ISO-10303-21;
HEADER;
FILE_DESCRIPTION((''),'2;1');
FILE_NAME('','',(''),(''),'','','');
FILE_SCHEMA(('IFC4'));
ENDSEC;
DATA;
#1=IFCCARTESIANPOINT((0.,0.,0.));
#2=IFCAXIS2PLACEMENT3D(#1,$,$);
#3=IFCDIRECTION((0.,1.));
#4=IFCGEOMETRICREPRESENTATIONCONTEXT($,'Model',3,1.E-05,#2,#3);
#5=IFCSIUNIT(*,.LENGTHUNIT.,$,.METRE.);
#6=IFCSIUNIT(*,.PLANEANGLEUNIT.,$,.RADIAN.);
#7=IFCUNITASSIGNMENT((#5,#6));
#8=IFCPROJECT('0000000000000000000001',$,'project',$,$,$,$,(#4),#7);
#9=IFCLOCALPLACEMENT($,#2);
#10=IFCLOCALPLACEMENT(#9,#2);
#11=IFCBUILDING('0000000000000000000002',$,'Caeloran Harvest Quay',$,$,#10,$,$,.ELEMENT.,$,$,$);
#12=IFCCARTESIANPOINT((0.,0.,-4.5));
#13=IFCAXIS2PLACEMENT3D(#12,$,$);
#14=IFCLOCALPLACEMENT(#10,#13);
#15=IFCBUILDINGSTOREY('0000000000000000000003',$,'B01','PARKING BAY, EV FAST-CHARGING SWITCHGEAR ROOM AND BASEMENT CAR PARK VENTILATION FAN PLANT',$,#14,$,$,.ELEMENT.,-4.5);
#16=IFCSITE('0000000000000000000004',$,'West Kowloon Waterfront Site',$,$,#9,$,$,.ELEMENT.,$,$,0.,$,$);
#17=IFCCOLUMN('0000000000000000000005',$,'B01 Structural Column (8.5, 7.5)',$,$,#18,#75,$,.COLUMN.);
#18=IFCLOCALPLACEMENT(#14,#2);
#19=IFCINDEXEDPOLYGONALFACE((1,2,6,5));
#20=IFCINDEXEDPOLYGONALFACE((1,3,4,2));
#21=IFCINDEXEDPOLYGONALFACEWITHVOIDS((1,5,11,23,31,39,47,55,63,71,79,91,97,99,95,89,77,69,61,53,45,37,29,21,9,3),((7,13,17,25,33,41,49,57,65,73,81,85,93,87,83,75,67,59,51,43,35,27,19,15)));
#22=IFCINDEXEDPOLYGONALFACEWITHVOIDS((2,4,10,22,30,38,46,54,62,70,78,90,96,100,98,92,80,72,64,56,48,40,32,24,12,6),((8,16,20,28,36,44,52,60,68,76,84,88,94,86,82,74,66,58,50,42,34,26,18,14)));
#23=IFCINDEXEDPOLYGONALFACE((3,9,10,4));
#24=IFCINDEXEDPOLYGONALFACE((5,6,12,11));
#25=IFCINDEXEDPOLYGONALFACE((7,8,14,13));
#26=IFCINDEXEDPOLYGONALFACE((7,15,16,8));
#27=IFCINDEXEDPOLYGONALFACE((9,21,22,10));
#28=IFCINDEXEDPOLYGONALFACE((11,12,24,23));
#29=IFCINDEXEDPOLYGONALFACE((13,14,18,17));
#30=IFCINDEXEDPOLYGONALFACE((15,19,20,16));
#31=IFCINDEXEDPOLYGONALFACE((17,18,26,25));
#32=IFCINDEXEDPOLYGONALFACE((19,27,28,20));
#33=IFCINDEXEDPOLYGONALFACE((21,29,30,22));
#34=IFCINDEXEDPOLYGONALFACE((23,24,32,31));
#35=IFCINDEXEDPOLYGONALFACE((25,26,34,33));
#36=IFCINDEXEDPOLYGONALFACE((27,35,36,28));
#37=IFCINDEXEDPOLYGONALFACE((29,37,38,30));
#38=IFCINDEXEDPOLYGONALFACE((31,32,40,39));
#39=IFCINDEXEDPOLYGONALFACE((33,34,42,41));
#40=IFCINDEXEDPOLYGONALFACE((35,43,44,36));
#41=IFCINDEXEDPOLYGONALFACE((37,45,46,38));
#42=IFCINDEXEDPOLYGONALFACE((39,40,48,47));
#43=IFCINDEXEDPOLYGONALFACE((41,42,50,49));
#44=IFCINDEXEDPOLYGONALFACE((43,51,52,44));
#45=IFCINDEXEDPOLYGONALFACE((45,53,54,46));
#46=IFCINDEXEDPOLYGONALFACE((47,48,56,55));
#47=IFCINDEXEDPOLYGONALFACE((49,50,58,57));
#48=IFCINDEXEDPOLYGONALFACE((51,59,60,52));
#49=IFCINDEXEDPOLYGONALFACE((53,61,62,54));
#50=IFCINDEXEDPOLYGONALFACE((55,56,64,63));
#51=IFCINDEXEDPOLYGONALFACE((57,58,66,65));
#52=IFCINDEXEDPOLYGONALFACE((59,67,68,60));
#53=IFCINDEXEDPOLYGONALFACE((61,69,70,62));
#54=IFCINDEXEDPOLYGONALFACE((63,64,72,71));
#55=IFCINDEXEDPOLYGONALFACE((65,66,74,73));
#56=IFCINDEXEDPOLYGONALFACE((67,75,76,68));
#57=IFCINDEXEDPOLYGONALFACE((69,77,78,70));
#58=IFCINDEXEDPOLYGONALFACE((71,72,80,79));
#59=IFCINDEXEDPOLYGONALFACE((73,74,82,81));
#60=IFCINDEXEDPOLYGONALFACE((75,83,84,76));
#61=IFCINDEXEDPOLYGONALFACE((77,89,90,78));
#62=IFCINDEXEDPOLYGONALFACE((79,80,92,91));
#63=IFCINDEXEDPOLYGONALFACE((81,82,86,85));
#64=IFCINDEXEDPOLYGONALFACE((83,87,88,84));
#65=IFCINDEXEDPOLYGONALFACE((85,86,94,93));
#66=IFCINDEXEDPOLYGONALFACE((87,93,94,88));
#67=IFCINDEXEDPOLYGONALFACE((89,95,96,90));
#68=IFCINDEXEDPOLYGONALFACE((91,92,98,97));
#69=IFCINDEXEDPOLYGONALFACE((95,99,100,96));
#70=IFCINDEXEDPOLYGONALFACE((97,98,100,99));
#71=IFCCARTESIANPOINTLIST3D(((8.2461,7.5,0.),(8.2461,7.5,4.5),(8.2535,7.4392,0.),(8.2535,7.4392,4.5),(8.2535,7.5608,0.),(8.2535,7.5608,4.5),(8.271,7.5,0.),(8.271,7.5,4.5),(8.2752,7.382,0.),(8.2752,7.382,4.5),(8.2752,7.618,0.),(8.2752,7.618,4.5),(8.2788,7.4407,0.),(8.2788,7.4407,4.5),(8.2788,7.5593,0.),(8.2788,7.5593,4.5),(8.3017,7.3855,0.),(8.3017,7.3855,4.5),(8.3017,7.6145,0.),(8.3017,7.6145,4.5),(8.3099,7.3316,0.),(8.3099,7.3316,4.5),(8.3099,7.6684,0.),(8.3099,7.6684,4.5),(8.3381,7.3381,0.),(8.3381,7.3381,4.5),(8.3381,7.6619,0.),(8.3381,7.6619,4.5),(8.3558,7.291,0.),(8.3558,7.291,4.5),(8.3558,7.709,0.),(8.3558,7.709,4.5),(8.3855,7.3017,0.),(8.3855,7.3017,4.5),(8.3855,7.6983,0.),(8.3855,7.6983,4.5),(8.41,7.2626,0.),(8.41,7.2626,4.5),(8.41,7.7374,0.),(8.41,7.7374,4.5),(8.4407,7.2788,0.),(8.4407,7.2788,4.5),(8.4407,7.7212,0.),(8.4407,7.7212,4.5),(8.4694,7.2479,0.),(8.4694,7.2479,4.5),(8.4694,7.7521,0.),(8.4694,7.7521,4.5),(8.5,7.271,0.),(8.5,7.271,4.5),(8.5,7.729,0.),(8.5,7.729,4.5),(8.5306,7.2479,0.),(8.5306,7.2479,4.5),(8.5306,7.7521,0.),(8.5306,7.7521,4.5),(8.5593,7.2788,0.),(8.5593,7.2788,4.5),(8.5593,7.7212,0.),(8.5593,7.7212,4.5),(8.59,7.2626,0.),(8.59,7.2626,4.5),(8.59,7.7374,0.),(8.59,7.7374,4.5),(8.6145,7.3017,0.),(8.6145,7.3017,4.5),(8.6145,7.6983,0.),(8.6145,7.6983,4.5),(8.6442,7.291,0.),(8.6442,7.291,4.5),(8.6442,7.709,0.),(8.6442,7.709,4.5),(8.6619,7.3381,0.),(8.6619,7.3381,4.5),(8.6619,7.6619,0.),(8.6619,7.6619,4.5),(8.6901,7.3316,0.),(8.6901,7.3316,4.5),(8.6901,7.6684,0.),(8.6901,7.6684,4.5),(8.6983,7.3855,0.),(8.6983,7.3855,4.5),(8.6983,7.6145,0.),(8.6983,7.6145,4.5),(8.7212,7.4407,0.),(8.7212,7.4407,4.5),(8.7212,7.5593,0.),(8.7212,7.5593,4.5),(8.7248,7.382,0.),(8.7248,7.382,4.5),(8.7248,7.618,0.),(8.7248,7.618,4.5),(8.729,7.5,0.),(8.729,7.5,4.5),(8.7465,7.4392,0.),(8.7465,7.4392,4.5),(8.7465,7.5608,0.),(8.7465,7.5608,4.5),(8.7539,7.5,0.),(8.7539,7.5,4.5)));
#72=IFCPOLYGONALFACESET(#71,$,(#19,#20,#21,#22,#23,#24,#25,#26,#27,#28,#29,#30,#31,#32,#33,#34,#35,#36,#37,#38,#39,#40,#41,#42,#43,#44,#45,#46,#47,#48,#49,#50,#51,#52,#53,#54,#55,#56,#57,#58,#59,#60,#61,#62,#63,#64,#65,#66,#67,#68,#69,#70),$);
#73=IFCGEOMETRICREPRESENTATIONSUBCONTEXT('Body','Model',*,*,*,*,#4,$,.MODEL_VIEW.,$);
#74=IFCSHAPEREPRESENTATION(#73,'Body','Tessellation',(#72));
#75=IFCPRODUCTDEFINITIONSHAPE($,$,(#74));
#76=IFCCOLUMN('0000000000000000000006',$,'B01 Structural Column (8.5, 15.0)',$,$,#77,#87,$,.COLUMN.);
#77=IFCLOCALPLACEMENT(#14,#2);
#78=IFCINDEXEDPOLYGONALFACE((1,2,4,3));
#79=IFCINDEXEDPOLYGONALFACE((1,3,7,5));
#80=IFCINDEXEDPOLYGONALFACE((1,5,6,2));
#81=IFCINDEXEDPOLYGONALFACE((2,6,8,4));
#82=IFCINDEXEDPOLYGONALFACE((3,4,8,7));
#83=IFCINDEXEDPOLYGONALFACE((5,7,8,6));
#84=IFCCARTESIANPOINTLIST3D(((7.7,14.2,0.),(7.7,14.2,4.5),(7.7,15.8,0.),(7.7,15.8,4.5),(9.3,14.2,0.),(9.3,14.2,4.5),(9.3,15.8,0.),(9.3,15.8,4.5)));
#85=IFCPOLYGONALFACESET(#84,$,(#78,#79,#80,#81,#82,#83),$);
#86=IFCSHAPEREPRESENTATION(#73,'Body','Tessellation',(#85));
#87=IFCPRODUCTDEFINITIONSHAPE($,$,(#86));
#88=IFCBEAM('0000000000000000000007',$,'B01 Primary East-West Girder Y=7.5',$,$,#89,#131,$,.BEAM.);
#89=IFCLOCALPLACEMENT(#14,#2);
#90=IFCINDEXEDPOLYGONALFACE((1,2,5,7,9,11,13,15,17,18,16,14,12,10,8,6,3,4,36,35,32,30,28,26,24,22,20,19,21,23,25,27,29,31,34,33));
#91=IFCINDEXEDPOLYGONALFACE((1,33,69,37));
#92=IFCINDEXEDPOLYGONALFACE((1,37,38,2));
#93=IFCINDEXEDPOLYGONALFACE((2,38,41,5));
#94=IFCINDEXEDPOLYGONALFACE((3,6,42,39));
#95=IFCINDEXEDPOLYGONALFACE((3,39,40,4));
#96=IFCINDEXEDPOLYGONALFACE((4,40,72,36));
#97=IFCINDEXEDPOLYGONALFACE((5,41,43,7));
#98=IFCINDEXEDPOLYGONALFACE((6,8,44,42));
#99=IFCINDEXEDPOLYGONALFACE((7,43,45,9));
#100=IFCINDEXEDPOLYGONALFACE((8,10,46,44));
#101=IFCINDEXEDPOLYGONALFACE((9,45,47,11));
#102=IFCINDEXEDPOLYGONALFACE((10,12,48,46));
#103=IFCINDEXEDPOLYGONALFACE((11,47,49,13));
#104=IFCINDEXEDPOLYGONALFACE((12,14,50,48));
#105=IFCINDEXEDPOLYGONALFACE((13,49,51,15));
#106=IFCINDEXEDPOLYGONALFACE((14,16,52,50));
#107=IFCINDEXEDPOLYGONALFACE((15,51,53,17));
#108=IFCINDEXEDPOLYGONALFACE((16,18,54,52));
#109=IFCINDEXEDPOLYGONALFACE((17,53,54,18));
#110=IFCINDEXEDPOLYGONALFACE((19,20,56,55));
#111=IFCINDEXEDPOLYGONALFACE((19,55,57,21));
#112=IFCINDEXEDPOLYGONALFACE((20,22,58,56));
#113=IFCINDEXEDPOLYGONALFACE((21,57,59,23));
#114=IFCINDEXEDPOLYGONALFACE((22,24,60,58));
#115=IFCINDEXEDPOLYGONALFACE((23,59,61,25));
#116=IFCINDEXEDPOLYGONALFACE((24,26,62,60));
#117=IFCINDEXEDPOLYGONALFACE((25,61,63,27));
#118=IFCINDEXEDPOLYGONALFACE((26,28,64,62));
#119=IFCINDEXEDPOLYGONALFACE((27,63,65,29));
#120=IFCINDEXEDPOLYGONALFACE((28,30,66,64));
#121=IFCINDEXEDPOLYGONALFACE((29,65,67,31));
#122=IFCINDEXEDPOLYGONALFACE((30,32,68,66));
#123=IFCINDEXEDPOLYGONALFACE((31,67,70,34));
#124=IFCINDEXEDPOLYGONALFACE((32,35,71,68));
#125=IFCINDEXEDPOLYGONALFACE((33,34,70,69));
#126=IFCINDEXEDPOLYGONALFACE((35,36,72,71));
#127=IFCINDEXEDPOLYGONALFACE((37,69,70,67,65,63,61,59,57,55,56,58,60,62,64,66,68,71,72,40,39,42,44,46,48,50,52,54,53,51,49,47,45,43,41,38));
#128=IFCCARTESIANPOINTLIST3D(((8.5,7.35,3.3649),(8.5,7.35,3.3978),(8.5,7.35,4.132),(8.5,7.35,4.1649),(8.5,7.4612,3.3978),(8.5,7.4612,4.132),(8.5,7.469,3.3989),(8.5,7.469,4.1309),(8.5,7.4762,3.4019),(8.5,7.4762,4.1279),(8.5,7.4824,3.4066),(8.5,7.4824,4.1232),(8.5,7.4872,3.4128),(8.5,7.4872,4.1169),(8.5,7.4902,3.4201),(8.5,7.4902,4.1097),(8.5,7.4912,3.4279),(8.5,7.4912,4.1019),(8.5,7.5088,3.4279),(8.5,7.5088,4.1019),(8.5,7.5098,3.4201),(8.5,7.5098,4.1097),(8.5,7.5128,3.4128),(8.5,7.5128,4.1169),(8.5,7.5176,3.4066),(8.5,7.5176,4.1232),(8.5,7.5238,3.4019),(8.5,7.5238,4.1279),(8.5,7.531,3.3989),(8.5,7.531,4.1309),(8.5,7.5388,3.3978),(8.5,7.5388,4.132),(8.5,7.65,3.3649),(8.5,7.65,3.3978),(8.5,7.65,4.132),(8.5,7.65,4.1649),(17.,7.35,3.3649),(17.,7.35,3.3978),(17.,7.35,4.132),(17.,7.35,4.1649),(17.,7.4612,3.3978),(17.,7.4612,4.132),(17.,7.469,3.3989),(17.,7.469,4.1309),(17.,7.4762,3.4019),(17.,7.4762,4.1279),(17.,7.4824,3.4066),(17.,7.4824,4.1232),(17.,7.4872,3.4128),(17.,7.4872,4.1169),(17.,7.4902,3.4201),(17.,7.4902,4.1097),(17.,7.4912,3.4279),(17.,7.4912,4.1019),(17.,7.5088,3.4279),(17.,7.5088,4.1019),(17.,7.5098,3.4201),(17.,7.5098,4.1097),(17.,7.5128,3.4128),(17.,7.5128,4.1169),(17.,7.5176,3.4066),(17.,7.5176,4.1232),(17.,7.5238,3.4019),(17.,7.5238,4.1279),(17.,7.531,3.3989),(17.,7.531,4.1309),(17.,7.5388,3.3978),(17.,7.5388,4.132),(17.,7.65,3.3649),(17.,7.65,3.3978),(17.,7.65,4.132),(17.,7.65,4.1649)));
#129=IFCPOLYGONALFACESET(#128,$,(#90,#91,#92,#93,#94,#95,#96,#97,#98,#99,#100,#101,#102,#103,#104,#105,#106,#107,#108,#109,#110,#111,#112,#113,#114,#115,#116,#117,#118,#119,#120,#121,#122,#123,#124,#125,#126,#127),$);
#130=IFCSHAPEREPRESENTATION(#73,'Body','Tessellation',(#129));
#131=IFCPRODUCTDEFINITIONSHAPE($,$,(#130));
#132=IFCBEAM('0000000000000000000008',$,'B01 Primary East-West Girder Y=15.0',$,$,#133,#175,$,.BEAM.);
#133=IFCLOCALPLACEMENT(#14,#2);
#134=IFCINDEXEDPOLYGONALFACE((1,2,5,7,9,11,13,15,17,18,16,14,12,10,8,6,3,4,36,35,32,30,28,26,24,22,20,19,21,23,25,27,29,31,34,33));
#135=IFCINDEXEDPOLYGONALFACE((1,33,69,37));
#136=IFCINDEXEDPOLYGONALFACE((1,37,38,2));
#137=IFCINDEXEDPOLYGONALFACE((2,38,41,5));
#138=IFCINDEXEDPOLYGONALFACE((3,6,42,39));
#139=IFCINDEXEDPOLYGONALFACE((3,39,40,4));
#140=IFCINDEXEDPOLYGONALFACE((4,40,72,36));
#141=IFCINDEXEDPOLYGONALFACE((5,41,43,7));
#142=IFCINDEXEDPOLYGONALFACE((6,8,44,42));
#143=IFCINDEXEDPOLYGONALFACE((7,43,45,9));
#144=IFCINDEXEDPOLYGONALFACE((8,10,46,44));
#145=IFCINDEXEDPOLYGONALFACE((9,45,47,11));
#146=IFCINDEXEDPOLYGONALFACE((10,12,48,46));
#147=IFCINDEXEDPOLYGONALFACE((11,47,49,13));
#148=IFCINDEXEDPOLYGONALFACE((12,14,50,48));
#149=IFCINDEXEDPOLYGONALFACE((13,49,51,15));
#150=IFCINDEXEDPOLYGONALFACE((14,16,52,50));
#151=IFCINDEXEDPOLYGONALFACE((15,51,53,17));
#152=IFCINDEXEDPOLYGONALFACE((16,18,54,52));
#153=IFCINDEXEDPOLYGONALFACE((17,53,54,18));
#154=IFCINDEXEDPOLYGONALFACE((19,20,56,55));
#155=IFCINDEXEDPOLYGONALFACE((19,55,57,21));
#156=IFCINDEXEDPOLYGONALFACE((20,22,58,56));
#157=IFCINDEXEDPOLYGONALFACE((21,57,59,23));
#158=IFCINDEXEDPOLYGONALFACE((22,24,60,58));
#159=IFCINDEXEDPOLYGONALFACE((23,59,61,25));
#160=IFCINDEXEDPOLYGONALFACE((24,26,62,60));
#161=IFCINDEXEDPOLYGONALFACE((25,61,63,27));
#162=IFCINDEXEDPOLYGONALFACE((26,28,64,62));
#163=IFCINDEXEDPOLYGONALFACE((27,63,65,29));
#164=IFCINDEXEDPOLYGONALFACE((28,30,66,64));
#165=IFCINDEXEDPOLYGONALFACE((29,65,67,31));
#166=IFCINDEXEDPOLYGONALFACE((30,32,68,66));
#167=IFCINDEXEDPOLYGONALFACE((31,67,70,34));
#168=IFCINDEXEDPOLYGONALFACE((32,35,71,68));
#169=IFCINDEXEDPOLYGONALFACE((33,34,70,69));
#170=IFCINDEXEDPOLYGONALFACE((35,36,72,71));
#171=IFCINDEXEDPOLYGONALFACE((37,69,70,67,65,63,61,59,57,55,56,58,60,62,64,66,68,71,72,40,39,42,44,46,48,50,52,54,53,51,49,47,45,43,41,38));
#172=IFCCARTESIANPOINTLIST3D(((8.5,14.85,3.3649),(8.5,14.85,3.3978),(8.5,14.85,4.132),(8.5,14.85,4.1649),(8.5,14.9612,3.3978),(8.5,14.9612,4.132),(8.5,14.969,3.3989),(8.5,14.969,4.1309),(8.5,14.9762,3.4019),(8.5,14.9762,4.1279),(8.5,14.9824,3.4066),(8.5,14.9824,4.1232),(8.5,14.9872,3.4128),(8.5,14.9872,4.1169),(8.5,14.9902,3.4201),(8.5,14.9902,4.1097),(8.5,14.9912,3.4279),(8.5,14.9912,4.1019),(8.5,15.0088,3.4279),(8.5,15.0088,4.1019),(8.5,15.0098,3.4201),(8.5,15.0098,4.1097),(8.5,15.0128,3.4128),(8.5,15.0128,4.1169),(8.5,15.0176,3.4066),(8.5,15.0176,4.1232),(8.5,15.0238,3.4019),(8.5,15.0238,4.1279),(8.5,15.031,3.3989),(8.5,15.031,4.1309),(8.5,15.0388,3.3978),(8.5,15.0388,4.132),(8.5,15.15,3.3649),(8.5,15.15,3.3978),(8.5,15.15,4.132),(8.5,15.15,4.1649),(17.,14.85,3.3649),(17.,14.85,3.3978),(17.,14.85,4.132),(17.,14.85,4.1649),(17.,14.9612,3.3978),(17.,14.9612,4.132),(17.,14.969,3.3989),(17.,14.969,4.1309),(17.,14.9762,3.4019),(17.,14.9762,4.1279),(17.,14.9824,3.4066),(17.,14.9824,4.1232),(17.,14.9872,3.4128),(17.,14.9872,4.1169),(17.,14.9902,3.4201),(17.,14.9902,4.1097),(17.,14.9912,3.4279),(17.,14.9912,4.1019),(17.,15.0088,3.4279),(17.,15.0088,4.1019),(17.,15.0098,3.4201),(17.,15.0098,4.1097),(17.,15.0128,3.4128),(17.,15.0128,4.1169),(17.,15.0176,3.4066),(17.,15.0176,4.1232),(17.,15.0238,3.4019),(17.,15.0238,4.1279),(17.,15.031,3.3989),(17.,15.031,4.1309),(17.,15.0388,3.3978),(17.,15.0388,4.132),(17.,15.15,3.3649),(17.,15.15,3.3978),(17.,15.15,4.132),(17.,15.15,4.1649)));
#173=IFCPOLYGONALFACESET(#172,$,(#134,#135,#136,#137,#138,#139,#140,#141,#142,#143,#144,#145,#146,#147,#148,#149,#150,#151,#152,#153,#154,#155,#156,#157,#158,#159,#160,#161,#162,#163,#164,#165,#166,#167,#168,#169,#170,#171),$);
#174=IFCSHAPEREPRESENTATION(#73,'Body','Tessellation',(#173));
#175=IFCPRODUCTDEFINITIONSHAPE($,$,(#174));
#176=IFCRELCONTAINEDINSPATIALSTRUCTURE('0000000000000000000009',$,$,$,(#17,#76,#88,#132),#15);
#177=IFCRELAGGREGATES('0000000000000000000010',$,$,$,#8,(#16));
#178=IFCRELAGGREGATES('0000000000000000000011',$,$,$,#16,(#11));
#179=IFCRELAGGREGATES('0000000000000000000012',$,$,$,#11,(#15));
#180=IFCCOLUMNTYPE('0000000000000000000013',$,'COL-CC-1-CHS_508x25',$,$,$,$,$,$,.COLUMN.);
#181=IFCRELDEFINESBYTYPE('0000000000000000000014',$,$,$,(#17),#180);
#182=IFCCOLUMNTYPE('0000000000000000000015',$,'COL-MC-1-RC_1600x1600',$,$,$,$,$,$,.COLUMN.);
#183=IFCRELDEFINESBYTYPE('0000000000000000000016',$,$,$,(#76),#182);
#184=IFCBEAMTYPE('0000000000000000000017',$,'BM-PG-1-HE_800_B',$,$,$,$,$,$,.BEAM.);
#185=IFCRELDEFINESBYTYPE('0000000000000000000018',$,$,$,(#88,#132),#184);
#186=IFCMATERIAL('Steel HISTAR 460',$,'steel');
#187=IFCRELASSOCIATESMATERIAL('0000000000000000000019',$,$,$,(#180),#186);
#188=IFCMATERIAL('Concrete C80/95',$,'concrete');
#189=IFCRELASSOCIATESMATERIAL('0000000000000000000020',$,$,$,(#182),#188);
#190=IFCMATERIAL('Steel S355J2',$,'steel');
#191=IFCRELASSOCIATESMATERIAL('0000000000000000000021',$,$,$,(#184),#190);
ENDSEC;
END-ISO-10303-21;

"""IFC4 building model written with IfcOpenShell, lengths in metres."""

from ifc_helpers import new_model, si_unit, direction, frame, origin, origin_2d, place, context, subcontext, project, spatial, rectangle, hollow_circle, i_section, extrude, material, material_profile, profile_set, type_object, element, save


model = new_model("IFC4")

# Units and contexts
model_context = context("Model", 3, precision=1e-05, world=origin(), true_north=direction((0.0, 1.0)))
body_context = subcontext(model_context, "Body", "Model", "MODEL_VIEW")
ifc_project = project(units=[si_unit("LENGTHUNIT", "METRE"), si_unit("PLANEANGLEUNIT", "RADIAN")], contexts=[model_context])

# Site, building, storey
site_placement = place(None, origin())
site = spatial("IfcSite", under=ifc_project, at=site_placement, Name="West Kowloon Waterfront Site", CompositionType="ELEMENT", RefElevation=0.0)
building_placement = place(site_placement, origin())
building = spatial("IfcBuilding", under=site, at=building_placement, Name="Caeloran Harvest Quay", CompositionType="ELEMENT")
storey_placement = place(building_placement, frame((0.0, 0.0, -4.5)))
storey = spatial("IfcBuildingStorey", under=building, at=storey_placement, Name="B01", Description="PARKING BAY, EV FAST-CHARGING SWITCHGEAR ROOM AND BASEMENT CAR PARK VENTILATION FAN PLANT", CompositionType="ELEMENT", Elevation=-4.5)

# Columns
ifc_material_1 = material(Name="Steel HISTAR 460", Category="steel")
ifc_material_profile_1 = material_profile(ifc_material_1, hollow_circle(Radius=0.2539, WallThickness=0.0249, at=origin_2d()), Name="CHS 508x25")
ifc_profile_set_1 = profile_set([ifc_material_profile_1], Name="Steel HISTAR 460")
column_type_1 = type_object("IfcColumnType", Name="COL-CC-1-CHS_508x25", PredefinedType="COLUMN", material=ifc_profile_set_1)
column_1_placement = place(storey_placement, frame((8.5, 7.5, 0.0), z_axis=(0.0, 0.0, 1.0), x_axis=(1.0, 0.0, 0.0)))
element("IfcColumn", 1, at=column_1_placement, inside=storey, type_object=column_type_1, Name="B01 Structural Column (8.5, 7.5)", PredefinedType="COLUMN", context=body_context, shape_type="SweptSolid", body=[
    extrude(hollow_circle(Radius=0.2539, WallThickness=0.0249, at=origin_2d()), origin(), (0.0, 0.0, 1.0), 4.5),
])
ifc_material_2 = material(Name="Concrete C80/95", Category="concrete")
ifc_material_profile_2 = material_profile(ifc_material_2, rectangle(XDim=1.6001, YDim=1.6001, at=origin_2d()), Name="RC 1600x1600")
ifc_profile_set_2 = profile_set([ifc_material_profile_2], Name="Concrete C80/95")
column_type_2 = type_object("IfcColumnType", Name="COL-MC-1-RC_1600x1600", PredefinedType="COLUMN", material=ifc_profile_set_2)
column_2_placement = place(storey_placement, frame((8.5, 15.0, 0.0), z_axis=(0.0, 0.0, 1.0), x_axis=(1.0, 0.0, 0.0)))
element("IfcColumn", 2, at=column_2_placement, inside=storey, type_object=column_type_2, Name="B01 Structural Column (8.5, 15.0)", PredefinedType="COLUMN", context=body_context, shape_type="SweptSolid", body=[
    extrude(rectangle(XDim=1.6001, YDim=1.6001, at=origin_2d()), origin(), (0.0, 0.0, 1.0), 4.5),
])

# Beams
ifc_material_3 = material(Name="Steel S355J2", Category="steel")
ifc_material_profile_3 = material_profile(ifc_material_3, i_section(OverallWidth=0.3, OverallDepth=0.8, WebThickness=0.0176, FlangeThickness=0.033, FilletRadius=0.03, at=origin_2d()), Name="HE 800 B")
ifc_profile_set_3 = profile_set([ifc_material_profile_3], Name="Steel S355J2")
beam_type_1 = type_object("IfcBeamType", Name="BM-PG-1-HE_800_B", PredefinedType="BEAM", material=ifc_profile_set_3)
for number, where, z_axis, x_axis, name in (
    (3, (8.5, 7.5, 3.7649), (1.0, 0.0, 0.0), (0.0, 1.0, 0.0), "B01 Primary East-West Girder Y=7.5"),
    (4, (8.5, 15.0, 3.7649), (1.0, 0.0, 0.0), (0.0, 1.0, 0.0), "B01 Primary East-West Girder Y=15.0"),
):
    element("IfcBeam", number, at=place(storey_placement, frame(where, z_axis=z_axis, x_axis=x_axis)), inside=storey, type_object=beam_type_1, Name=name, PredefinedType="BEAM", context=body_context, shape_type="SweptSolid", body=[
        extrude(i_section(OverallWidth=0.3, OverallDepth=0.8, WebThickness=0.0176, FlangeThickness=0.033, FilletRadius=0.03, at=origin_2d()), origin(), (0.0, 0.0, 1.0), 8.5),
    ])

save(model, "model.ifc")
